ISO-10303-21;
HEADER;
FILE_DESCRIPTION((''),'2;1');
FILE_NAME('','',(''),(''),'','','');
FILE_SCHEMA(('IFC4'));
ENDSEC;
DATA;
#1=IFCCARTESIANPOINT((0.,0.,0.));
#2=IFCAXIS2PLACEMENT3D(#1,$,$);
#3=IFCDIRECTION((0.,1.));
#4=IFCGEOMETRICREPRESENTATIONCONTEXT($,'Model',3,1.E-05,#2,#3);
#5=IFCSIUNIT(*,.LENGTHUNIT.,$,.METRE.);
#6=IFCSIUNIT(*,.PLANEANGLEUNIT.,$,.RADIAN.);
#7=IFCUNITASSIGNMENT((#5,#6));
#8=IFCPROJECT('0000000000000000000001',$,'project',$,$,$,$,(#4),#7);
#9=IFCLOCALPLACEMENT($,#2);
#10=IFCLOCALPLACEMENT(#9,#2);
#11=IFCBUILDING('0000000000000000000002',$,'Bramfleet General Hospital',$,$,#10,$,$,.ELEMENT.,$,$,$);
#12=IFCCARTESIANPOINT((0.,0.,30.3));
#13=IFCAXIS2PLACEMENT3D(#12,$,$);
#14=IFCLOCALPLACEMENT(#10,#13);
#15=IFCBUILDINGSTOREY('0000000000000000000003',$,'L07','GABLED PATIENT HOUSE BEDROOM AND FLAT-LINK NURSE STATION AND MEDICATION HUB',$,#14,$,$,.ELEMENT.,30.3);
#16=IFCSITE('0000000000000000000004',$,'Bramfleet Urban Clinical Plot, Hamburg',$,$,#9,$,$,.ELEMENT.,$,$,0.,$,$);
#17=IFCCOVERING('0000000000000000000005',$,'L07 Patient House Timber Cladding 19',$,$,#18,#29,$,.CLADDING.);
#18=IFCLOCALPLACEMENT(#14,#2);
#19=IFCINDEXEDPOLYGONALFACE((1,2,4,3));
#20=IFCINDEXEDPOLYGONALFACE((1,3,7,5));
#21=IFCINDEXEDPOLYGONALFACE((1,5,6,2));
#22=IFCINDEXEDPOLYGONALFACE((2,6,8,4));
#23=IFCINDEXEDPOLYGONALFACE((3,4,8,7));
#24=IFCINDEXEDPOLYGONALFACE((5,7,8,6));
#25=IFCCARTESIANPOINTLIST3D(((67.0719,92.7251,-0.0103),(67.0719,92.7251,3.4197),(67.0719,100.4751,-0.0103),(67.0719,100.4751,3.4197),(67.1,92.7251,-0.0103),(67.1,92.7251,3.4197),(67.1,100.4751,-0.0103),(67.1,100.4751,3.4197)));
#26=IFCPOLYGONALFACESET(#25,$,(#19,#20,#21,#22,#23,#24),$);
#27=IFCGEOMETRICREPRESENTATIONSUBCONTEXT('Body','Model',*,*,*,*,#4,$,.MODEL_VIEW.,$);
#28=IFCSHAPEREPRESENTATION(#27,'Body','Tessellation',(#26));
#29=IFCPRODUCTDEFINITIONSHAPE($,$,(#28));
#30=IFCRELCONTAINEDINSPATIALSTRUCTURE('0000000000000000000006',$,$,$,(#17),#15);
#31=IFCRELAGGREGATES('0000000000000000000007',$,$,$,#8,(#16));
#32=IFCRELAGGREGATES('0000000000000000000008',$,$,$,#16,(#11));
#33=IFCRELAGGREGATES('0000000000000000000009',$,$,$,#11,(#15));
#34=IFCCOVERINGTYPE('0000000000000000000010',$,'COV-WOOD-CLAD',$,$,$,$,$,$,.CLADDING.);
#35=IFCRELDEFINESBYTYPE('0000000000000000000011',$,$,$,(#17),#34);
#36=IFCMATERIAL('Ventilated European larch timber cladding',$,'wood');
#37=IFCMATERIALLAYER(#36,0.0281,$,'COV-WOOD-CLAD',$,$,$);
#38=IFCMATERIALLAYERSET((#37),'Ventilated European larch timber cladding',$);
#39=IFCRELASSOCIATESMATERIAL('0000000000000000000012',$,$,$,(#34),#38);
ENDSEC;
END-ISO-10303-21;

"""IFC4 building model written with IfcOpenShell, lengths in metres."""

from ifc_helpers import new_model, si_unit, direction, frame, origin, origin_2d, place, context, subcontext, project, spatial, rectangle, extrude, material, layer, layer_set, type_object, element, save


model = new_model("IFC4")

# Units and contexts
model_context = context("Model", 3, precision=1e-05, world=origin(), true_north=direction((0.0, 1.0)))
body_context = subcontext(model_context, "Body", "Model", "MODEL_VIEW")
ifc_project = project(units=[si_unit("LENGTHUNIT", "METRE"), si_unit("PLANEANGLEUNIT", "RADIAN")], contexts=[model_context])

# Site, building, storey
site_placement = place(None, origin())
site = spatial("IfcSite", under=ifc_project, at=site_placement, Name="Bramfleet Urban Clinical Plot, Hamburg", CompositionType="ELEMENT", RefElevation=0.0)
building_placement = place(site_placement, origin())
building = spatial("IfcBuilding", under=site, at=building_placement, Name="Bramfleet General Hospital", CompositionType="ELEMENT")
storey_placement = place(building_placement, frame((0.0, 0.0, 30.3)))
storey = spatial("IfcBuildingStorey", under=building, at=storey_placement, Name="L07", Description="GABLED PATIENT HOUSE BEDROOM AND FLAT-LINK NURSE STATION AND MEDICATION HUB", CompositionType="ELEMENT", Elevation=30.3)

# Covering
ifc_material_1 = material(Name="Ventilated European larch timber cladding", Category="wood")
ifc_layer_1 = layer(ifc_material_1, 0.0281, Name="COV-WOOD-CLAD")
ifc_layer_set_1 = layer_set([ifc_layer_1], Name="Ventilated European larch timber cladding")
covering_type = type_object("IfcCoveringType", Name="COV-WOOD-CLAD", PredefinedType="CLADDING", material=ifc_layer_set_1)
covering_placement = place(storey_placement, frame((67.0859, 96.6001, -0.0103), z_axis=(0.0, 0.0, 1.0), x_axis=(0.0, 1.0, 0.0)))
element("IfcCovering", 1, at=covering_placement, inside=storey, type_object=covering_type, Name="L07 Patient House Timber Cladding 19", PredefinedType="CLADDING", context=body_context, shape_type="SweptSolid", body=[
    extrude(rectangle(XDim=7.75, YDim=0.0281, at=origin_2d()), origin(), (0.0, 0.0, 1.0), 3.4299),
])

save(model, "model.ifc")
